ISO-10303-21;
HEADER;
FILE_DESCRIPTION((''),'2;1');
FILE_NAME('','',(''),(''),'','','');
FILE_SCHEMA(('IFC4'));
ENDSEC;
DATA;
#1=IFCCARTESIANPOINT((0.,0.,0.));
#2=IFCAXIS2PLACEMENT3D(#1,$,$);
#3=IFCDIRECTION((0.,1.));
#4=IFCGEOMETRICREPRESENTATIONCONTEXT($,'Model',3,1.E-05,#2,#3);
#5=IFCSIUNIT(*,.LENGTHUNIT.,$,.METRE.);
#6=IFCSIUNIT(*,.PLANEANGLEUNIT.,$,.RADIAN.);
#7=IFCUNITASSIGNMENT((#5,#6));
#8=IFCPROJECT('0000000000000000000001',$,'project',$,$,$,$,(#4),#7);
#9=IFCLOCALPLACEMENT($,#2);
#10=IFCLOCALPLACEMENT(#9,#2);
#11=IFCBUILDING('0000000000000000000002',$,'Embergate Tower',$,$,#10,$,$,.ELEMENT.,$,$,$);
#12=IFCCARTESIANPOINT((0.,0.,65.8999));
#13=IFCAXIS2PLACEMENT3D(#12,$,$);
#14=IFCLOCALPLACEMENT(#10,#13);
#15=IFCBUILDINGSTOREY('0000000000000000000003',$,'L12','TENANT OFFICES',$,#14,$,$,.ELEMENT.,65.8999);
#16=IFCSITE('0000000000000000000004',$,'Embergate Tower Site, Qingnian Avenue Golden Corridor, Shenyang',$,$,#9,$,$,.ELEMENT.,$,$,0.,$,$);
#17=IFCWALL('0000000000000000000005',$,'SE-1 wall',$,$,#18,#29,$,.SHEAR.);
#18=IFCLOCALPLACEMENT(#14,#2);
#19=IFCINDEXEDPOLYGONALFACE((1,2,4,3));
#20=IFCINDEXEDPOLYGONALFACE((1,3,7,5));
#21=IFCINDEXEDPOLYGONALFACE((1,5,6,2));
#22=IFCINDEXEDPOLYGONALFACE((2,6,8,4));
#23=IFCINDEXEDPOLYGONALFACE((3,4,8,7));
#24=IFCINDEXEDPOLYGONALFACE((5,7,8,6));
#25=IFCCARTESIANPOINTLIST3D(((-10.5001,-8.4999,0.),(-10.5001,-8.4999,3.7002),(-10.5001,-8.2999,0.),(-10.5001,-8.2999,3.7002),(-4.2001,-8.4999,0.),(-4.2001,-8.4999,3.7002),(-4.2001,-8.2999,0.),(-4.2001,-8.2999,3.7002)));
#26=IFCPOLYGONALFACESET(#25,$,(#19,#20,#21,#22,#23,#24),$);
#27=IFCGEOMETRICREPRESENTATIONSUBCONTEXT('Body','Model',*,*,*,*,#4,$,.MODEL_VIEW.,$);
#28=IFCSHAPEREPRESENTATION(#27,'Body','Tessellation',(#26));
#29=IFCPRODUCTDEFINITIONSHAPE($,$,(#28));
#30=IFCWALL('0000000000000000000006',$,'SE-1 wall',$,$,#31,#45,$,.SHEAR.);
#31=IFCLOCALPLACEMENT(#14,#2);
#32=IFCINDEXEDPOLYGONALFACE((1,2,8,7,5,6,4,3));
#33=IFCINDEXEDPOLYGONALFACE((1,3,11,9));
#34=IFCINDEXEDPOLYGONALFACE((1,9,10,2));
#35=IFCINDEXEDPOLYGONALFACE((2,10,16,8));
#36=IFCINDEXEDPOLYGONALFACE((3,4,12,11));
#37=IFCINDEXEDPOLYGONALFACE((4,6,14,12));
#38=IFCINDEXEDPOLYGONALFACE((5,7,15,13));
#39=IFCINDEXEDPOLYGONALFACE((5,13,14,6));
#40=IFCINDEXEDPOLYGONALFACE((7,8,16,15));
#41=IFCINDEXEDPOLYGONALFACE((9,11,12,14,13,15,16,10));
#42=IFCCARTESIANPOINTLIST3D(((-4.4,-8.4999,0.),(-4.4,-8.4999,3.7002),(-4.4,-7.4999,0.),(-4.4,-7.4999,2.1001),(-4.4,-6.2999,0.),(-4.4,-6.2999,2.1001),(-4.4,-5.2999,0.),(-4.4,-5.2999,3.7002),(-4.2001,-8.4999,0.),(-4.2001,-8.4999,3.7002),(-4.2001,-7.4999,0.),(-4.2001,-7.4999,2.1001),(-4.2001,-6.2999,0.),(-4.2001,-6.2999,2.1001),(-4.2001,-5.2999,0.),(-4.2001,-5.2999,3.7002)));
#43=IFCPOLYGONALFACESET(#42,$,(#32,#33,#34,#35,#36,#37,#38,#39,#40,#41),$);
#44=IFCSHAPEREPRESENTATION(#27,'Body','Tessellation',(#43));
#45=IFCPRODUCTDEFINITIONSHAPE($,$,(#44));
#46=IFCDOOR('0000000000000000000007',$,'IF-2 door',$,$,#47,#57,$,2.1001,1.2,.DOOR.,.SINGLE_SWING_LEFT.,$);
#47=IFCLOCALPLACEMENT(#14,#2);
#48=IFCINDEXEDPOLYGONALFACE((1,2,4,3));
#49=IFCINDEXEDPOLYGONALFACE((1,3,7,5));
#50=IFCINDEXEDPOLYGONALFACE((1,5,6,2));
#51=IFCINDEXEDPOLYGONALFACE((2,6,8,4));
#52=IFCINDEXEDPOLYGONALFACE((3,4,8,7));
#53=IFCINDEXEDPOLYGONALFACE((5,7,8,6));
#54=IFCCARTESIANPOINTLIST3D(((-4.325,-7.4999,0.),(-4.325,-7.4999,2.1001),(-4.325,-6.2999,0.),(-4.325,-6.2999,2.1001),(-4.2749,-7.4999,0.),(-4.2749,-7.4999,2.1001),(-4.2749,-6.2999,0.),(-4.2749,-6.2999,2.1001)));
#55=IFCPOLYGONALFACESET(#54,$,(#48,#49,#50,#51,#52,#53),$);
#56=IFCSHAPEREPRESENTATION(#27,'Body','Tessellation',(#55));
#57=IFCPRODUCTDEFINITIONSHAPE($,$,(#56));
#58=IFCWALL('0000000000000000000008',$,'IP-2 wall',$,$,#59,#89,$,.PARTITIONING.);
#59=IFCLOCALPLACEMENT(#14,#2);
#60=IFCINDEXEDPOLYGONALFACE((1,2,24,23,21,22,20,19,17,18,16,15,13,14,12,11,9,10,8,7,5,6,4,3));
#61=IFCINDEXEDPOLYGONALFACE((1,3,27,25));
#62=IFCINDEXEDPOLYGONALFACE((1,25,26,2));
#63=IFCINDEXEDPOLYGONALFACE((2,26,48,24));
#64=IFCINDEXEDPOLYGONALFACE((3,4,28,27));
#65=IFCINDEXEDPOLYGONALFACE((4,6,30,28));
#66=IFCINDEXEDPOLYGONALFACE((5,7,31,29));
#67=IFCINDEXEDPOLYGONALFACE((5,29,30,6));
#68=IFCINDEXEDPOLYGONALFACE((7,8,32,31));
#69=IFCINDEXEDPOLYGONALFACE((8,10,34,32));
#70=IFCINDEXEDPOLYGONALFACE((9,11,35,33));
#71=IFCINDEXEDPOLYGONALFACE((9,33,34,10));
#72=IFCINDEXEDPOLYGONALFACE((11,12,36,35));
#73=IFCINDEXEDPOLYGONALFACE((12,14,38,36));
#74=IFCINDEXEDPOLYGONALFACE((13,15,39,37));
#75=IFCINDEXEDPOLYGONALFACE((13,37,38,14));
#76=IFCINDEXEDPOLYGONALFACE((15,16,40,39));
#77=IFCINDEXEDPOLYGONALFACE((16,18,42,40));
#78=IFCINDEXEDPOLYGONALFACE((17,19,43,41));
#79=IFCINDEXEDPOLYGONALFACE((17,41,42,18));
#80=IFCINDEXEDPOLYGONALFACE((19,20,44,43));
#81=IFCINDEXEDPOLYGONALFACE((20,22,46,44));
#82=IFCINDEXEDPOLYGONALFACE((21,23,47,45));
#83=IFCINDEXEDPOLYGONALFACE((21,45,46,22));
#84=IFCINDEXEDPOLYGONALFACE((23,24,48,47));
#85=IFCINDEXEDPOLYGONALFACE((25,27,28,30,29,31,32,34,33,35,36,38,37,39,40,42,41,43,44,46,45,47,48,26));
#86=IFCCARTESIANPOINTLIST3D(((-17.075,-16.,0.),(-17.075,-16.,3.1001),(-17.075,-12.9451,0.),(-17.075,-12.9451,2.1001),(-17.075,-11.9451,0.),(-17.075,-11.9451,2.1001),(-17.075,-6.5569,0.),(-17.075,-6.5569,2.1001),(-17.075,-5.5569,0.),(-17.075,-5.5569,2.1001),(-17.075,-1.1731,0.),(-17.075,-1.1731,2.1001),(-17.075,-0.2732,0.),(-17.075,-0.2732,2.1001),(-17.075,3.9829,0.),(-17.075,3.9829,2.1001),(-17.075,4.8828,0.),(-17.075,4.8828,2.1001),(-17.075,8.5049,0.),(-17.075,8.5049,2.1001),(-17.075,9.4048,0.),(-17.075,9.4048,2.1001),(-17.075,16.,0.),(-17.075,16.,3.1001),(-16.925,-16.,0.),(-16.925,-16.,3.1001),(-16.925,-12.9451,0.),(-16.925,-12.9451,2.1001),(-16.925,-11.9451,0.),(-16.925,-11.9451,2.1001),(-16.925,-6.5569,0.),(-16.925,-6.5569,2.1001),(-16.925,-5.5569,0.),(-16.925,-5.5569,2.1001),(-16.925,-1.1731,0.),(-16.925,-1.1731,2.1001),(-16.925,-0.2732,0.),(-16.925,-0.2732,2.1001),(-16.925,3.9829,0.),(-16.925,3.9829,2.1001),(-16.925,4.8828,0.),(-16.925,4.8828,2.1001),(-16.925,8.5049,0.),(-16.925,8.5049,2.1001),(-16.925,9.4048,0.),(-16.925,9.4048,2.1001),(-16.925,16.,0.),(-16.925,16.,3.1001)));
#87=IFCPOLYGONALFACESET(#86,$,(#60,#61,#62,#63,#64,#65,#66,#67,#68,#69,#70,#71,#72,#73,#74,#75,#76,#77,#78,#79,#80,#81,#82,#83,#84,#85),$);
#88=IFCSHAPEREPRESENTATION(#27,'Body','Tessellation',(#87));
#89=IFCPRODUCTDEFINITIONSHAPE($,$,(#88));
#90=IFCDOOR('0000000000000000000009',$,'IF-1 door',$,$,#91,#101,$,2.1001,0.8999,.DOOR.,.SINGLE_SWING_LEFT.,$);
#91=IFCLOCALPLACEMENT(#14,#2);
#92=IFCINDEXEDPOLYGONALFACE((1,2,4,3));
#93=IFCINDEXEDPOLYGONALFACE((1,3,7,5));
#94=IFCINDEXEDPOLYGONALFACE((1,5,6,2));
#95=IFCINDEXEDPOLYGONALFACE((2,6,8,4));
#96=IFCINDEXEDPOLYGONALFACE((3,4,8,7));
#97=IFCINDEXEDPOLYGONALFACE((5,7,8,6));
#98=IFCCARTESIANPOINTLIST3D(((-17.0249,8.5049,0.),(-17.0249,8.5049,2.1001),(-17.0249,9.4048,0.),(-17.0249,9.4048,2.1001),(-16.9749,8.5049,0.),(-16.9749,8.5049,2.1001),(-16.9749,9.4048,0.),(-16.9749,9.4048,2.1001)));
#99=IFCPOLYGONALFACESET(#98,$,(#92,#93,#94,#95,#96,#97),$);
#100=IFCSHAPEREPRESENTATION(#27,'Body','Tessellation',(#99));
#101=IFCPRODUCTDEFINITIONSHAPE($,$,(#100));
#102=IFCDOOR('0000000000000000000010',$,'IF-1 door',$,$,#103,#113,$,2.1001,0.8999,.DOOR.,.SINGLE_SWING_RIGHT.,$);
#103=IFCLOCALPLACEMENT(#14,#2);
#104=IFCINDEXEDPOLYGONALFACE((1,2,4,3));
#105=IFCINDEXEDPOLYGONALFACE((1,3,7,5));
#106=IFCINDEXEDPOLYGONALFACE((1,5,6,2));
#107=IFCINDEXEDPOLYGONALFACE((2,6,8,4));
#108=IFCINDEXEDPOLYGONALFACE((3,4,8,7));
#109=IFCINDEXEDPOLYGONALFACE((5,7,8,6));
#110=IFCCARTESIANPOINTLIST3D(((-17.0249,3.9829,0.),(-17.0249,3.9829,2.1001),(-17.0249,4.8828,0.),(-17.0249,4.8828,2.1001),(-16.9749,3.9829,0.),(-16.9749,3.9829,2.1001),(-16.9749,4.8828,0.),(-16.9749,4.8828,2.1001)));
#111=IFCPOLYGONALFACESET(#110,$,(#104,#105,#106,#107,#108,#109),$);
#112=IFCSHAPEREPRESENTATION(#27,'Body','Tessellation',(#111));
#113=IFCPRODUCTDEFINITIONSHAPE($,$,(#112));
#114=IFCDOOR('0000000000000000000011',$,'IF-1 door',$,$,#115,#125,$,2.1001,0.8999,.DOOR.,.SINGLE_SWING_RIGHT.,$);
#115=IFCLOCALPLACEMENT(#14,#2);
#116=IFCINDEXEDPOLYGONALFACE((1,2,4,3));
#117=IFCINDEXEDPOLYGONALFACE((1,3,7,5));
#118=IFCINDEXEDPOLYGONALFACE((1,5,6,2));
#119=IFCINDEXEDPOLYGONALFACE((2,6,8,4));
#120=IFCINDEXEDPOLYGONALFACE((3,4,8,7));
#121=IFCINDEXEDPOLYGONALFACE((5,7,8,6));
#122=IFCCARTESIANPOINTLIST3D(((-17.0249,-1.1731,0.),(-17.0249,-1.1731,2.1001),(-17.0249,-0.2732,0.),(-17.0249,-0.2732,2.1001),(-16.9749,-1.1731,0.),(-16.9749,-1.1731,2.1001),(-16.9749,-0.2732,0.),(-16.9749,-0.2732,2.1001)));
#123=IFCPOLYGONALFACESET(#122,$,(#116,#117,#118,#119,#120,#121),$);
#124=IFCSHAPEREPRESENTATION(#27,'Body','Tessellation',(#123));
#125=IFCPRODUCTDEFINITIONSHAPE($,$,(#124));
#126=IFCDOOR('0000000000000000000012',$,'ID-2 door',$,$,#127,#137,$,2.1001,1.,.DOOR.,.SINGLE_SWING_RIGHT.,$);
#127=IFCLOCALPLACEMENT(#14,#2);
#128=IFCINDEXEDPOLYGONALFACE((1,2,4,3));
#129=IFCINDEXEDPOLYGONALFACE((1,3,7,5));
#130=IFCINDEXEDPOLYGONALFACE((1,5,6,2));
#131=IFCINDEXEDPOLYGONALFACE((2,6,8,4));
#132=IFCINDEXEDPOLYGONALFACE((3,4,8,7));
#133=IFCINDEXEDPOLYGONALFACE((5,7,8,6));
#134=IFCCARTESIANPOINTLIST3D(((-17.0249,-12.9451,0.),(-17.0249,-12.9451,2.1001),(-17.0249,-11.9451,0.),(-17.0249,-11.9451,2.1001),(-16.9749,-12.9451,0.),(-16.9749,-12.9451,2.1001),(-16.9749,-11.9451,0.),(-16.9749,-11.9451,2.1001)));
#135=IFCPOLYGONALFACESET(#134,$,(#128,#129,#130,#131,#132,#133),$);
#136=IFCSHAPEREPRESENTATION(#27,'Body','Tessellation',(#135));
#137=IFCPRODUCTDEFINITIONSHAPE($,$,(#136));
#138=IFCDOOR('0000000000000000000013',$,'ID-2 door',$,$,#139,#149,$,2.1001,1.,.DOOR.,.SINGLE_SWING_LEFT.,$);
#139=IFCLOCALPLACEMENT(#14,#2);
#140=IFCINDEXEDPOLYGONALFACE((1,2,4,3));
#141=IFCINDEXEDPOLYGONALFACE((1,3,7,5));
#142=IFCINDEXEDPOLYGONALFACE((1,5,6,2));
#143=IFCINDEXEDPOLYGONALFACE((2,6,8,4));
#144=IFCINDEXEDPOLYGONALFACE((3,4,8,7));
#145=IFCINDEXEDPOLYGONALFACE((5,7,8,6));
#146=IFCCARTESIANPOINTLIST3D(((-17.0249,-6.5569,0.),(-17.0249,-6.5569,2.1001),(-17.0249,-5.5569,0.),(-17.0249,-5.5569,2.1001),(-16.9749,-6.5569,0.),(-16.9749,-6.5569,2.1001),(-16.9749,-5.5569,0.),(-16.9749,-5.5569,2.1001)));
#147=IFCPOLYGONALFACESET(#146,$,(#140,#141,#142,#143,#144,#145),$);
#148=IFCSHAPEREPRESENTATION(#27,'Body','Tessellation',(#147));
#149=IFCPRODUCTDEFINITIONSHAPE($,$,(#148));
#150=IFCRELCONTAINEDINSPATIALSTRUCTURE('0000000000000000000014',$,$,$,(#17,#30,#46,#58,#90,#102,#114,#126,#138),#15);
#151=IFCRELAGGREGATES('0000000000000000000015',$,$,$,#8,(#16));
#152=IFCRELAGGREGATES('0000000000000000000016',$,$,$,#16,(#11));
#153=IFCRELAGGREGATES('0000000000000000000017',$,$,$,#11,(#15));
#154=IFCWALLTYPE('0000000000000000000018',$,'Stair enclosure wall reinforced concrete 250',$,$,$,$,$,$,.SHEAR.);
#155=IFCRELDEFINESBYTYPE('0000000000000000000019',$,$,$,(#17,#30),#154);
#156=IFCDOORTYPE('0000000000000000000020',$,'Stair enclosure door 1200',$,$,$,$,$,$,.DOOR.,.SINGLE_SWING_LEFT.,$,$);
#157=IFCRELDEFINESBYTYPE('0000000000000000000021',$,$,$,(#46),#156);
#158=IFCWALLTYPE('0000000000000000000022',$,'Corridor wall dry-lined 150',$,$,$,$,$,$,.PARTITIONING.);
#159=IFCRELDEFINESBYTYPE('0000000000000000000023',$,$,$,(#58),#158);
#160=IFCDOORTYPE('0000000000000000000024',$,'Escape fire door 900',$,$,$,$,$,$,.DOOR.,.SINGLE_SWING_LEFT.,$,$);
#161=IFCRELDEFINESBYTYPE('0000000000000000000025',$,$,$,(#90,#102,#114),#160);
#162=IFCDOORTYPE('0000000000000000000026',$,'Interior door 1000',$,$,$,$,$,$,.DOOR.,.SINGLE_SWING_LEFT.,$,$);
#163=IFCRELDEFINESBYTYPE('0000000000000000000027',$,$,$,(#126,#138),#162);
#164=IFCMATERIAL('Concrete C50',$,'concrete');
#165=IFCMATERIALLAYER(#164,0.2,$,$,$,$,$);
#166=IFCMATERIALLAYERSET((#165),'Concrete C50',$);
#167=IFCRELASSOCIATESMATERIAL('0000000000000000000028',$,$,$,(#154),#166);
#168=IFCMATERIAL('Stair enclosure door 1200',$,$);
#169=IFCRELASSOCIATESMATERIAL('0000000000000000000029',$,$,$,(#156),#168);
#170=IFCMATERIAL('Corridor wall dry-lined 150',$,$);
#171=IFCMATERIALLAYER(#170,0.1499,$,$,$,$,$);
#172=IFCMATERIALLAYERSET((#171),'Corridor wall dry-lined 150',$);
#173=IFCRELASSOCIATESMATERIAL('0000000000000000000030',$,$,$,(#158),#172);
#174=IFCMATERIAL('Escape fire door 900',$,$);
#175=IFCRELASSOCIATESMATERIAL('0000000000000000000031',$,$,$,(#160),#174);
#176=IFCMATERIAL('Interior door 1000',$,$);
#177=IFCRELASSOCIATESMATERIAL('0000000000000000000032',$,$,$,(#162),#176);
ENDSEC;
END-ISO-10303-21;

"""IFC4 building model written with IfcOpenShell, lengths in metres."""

from ifc_helpers import new_model, si_unit, direction, frame, frame_2d, origin, place, context, subcontext, project, spatial, rectangle, extrude, source, transform, mapped, material, layer, layer_set, type_object, element, fill, save


model = new_model("IFC4")

# Units and contexts
model_context = context("Model", 3, precision=1e-05, world=origin(), true_north=direction((0.0, 1.0)))
body_context = subcontext(model_context, "Body", "Model", "MODEL_VIEW")
ifc_project = project(units=[si_unit("LENGTHUNIT", "METRE"), si_unit("PLANEANGLEUNIT", "RADIAN")], contexts=[model_context])

# Site, building, storey
site_placement = place(None, origin())
site = spatial("IfcSite", under=ifc_project, at=site_placement, Name="Embergate Tower Site, Qingnian Avenue Golden Corridor, Shenyang", CompositionType="ELEMENT", RefElevation=0.0)
building_placement = place(site_placement, origin())
building = spatial("IfcBuilding", under=site, at=building_placement, Name="Embergate Tower", CompositionType="ELEMENT")
storey_placement = place(building_placement, frame((0.0, 0.0, 65.8999)))
storey = spatial("IfcBuildingStorey", under=building, at=storey_placement, Name="L12", Description="TENANT OFFICES", CompositionType="ELEMENT", Elevation=65.8999)

# Shared definitions
shared_shape_1 = source(origin(), body_context, "Body", "SweptSolid", [
    extrude(rectangle(XDim=1.2, YDim=2.1001, at=frame_2d((0.6001, 1.05))), frame((0.0, 0.0249, 0.0), z_axis=(0.0, -1.0, 0.0), x_axis=(1.0, 0.0, 0.0)), (0.0, 0.0, 1.0), 0.05),
])

# Shared definitions
shared_shape_2 = source(origin(), body_context, "Body", "SweptSolid", [
    extrude(rectangle(XDim=0.8999, YDim=2.1001, at=frame_2d((0.45, 1.05))), frame((0.0, 0.0249, 0.0), z_axis=(0.0, -1.0, 0.0), x_axis=(1.0, 0.0, 0.0)), (0.0, 0.0, 1.0), 0.05),
])

# Wall
ifc_material_1 = material(Name="Concrete C50", Category="concrete")
ifc_layer_1 = layer(ifc_material_1, 0.2)
ifc_layer_set_1 = layer_set([ifc_layer_1], Name="Concrete C50")
wall_type_1 = type_object("IfcWallType", Name="Stair enclosure wall reinforced concrete 250", PredefinedType="SHEAR", material=ifc_layer_set_1)
shared_shape_3 = source(origin(), body_context, "Body", "SweptSolid", [
    extrude(rectangle(XDim=6.3, YDim=0.2, at=frame_2d((3.1499, 0.0))), origin(), (0.0, 0.0, 1.0), 3.7002),
])
wall_1_placement = place(storey_placement, frame((-10.5, -8.3999, 0.0), z_axis=(0.0, 0.0, 1.0), x_axis=(1.0, 0.0, 0.0)))
element("IfcWall", 1, at=wall_1_placement, inside=storey, type_object=wall_type_1, Name="SE-1 wall", PredefinedType="SHEAR", context=body_context, shape_type="MappedRepresentation", body=[
    mapped(shared_shape_3, transform((0.0, 0.0, 0.0))),
])

# Wall, opening, door
shared_shape_4 = source(origin(), body_context, "Body", "SweptSolid", [
    extrude(rectangle(XDim=3.2, YDim=0.2, at=frame_2d((1.6001, 0.0))), origin(), (0.0, 0.0, 1.0), 3.7002),
])
wall_2_placement = place(storey_placement, frame((-4.3, -8.5, 0.0), z_axis=(0.0, 0.0, 1.0), x_axis=(0.0, 1.0, 0.0)))
wall_2 = element("IfcWall", 2, at=wall_2_placement, inside=storey, type_object=wall_type_1, Name="SE-1 wall", PredefinedType="SHEAR", context=body_context, shape_type="MappedRepresentation", body=[
    mapped(shared_shape_4, transform((0.0, 0.0, 0.0))),
])
shared_shape_5 = source(origin(), body_context, "Body", "SweptSolid", [
    extrude(rectangle(XDim=1.2, YDim=2.1001, at=frame_2d((0.6001, 1.05))), frame((0.0, 0.1099, 0.0), z_axis=(0.0, -1.0, 0.0), x_axis=(1.0, 0.0, 0.0)), (0.0, 0.0, 1.0), 0.22),
])
opening_1_placement = place(wall_2_placement, frame((1.0, 0.0, 0.0)))
opening_1 = element("IfcOpeningElement", 3, at=opening_1_placement, cuts=wall_2, PredefinedType="OPENING", context=body_context, shape_type="MappedRepresentation", body=[
    mapped(shared_shape_5, transform((0.0, 0.0, 0.0))),
])
ifc_material_2 = material(Name="Stair enclosure door 1200")
door_type_1 = type_object("IfcDoorType", Name="Stair enclosure door 1200", OperationType="SINGLE_SWING_LEFT", PredefinedType="DOOR", material=ifc_material_2)
door_1_placement = place(opening_1_placement, origin())
door_1 = element("IfcDoor", 4, at=door_1_placement, inside=storey, type_object=door_type_1, Name="IF-2 door", OperationType="SINGLE_SWING_LEFT", OverallHeight=2.1001, OverallWidth=1.2, PredefinedType="DOOR", context=body_context, shape_type="MappedRepresentation", body=[
    mapped(shared_shape_1, transform((0.0, 0.0, 0.0))),
])
fill(opening_1, door_1)

# Wall, openings, doors
ifc_material_3 = material(Name="Corridor wall dry-lined 150")
ifc_layer_2 = layer(ifc_material_3, 0.1499)
ifc_layer_set_2 = layer_set([ifc_layer_2], Name="Corridor wall dry-lined 150")
wall_type_2 = type_object("IfcWallType", Name="Corridor wall dry-lined 150", PredefinedType="PARTITIONING", material=ifc_layer_set_2)
shared_shape_6 = source(origin(), body_context, "Body", "SweptSolid", [
    extrude(rectangle(XDim=32.0, YDim=0.1499, at=frame_2d((16.0, 0.0))), origin(), (0.0, 0.0, 1.0), 3.1001),
])
wall_3_placement = place(storey_placement, frame((-17.0, -16.0, 0.0), z_axis=(0.0, 0.0, 1.0), x_axis=(0.0, 1.0, 0.0)))
wall_3 = element("IfcWall", 5, at=wall_3_placement, inside=storey, type_object=wall_type_2, Name="IP-2 wall", PredefinedType="PARTITIONING", context=body_context, shape_type="MappedRepresentation", body=[
    mapped(shared_shape_6, transform((0.0, 0.0, 0.0))),
])
shared_shape_7 = source(origin(), body_context, "Body", "SweptSolid", [
    extrude(rectangle(XDim=1.0, YDim=2.1001, at=frame_2d((0.5, 1.05))), frame((0.0, 0.085, 0.0), z_axis=(0.0, -1.0, 0.0), x_axis=(1.0, 0.0, 0.0)), (0.0, 0.0, 1.0), 0.1699),
])
opening_2_placement = place(wall_3_placement, frame((3.0549, 0.0, 0.0)))
opening_2 = element("IfcOpeningElement", 6, at=opening_2_placement, cuts=wall_3, PredefinedType="OPENING", context=body_context, shape_type="MappedRepresentation", body=[
    mapped(shared_shape_7, transform((0.0, 0.0, 0.0))),
])
shared_shape_8 = source(origin(), body_context, "Body", "SweptSolid", [
    extrude(rectangle(XDim=0.8999, YDim=2.1001, at=frame_2d((0.45, 1.05))), frame((0.0, 0.085, 0.0), z_axis=(0.0, -1.0, 0.0), x_axis=(1.0, 0.0, 0.0)), (0.0, 0.0, 1.0), 0.1699),
])
opening_3_placement = place(wall_3_placement, frame((24.5049, 0.0, 0.0)))
opening_3 = element("IfcOpeningElement", 7, at=opening_3_placement, cuts=wall_3, PredefinedType="OPENING", context=body_context, shape_type="MappedRepresentation", body=[
    mapped(shared_shape_8, transform((0.0, 0.0, 0.0))),
])
opening_4_placement = place(wall_3_placement, frame((19.9829, 0.0, 0.0)))
opening_4 = element("IfcOpeningElement", 8, at=opening_4_placement, cuts=wall_3, PredefinedType="OPENING", context=body_context, shape_type="MappedRepresentation", body=[
    mapped(shared_shape_8, transform((0.0, 0.0, 0.0))),
])
opening_5_placement = place(wall_3_placement, frame((14.8269, 0.0, 0.0)))
opening_5 = element("IfcOpeningElement", 9, at=opening_5_placement, cuts=wall_3, PredefinedType="OPENING", context=body_context, shape_type="MappedRepresentation", body=[
    mapped(shared_shape_8, transform((0.0, 0.0, 0.0))),
])
opening_6_placement = place(wall_3_placement, frame((9.4431, 0.0, 0.0)))
opening_6 = element("IfcOpeningElement", 10, at=opening_6_placement, cuts=wall_3, PredefinedType="OPENING", context=body_context, shape_type="MappedRepresentation", body=[
    mapped(shared_shape_7, transform((0.0, 0.0, 0.0))),
])
ifc_material_4 = material(Name="Escape fire door 900")
door_type_2 = type_object("IfcDoorType", Name="Escape fire door 900", OperationType="SINGLE_SWING_LEFT", PredefinedType="DOOR", material=ifc_material_4)
door_2_placement = place(opening_3_placement, origin())
door_2 = element("IfcDoor", 11, at=door_2_placement, inside=storey, type_object=door_type_2, Name="IF-1 door", OperationType="SINGLE_SWING_LEFT", OverallHeight=2.1001, OverallWidth=0.8999, PredefinedType="DOOR", context=body_context, shape_type="MappedRepresentation", body=[
    mapped(shared_shape_2, transform((0.0, 0.0, 0.0))),
])
fill(opening_3, door_2)
door_3_placement = place(opening_4_placement, origin())
door_3 = element("IfcDoor", 12, at=door_3_placement, inside=storey, type_object=door_type_2, Name="IF-1 door", OperationType="SINGLE_SWING_RIGHT", OverallHeight=2.1001, OverallWidth=0.8999, PredefinedType="DOOR", context=body_context, shape_type="MappedRepresentation", body=[
    mapped(shared_shape_2, transform((0.0, 0.0, 0.0))),
])
fill(opening_4, door_3)
door_4_placement = place(opening_5_placement, origin())
door_4 = element("IfcDoor", 13, at=door_4_placement, inside=storey, type_object=door_type_2, Name="IF-1 door", OperationType="SINGLE_SWING_RIGHT", OverallHeight=2.1001, OverallWidth=0.8999, PredefinedType="DOOR", context=body_context, shape_type="MappedRepresentation", body=[
    mapped(shared_shape_2, transform((0.0, 0.0, 0.0))),
])
fill(opening_5, door_4)
ifc_material_5 = material(Name="Interior door 1000")
door_type_3 = type_object("IfcDoorType", Name="Interior door 1000", OperationType="SINGLE_SWING_LEFT", PredefinedType="DOOR", material=ifc_material_5)
shared_shape_9 = source(origin(), body_context, "Body", "SweptSolid", [
    extrude(rectangle(XDim=1.0, YDim=2.1001, at=frame_2d((0.5, 1.05))), frame((0.0, 0.0249, 0.0), z_axis=(0.0, -1.0, 0.0), x_axis=(1.0, 0.0, 0.0)), (0.0, 0.0, 1.0), 0.05),
])
door_5_placement = place(opening_2_placement, origin())
door_5 = element("IfcDoor", 14, at=door_5_placement, inside=storey, type_object=door_type_3, Name="ID-2 door", OperationType="SINGLE_SWING_RIGHT", OverallHeight=2.1001, OverallWidth=1.0, PredefinedType="DOOR", context=body_context, shape_type="MappedRepresentation", body=[
    mapped(shared_shape_9, transform((0.0, 0.0, 0.0))),
])
fill(opening_2, door_5)
door_6_placement = place(opening_6_placement, origin())
door_6 = element("IfcDoor", 15, at=door_6_placement, inside=storey, type_object=door_type_3, Name="ID-2 door", OperationType="SINGLE_SWING_LEFT", OverallHeight=2.1001, OverallWidth=1.0, PredefinedType="DOOR", context=body_context, shape_type="MappedRepresentation", body=[
    mapped(shared_shape_9, transform((0.0, 0.0, 0.0))),
])
fill(opening_6, door_6)

save(model, "model.ifc")
